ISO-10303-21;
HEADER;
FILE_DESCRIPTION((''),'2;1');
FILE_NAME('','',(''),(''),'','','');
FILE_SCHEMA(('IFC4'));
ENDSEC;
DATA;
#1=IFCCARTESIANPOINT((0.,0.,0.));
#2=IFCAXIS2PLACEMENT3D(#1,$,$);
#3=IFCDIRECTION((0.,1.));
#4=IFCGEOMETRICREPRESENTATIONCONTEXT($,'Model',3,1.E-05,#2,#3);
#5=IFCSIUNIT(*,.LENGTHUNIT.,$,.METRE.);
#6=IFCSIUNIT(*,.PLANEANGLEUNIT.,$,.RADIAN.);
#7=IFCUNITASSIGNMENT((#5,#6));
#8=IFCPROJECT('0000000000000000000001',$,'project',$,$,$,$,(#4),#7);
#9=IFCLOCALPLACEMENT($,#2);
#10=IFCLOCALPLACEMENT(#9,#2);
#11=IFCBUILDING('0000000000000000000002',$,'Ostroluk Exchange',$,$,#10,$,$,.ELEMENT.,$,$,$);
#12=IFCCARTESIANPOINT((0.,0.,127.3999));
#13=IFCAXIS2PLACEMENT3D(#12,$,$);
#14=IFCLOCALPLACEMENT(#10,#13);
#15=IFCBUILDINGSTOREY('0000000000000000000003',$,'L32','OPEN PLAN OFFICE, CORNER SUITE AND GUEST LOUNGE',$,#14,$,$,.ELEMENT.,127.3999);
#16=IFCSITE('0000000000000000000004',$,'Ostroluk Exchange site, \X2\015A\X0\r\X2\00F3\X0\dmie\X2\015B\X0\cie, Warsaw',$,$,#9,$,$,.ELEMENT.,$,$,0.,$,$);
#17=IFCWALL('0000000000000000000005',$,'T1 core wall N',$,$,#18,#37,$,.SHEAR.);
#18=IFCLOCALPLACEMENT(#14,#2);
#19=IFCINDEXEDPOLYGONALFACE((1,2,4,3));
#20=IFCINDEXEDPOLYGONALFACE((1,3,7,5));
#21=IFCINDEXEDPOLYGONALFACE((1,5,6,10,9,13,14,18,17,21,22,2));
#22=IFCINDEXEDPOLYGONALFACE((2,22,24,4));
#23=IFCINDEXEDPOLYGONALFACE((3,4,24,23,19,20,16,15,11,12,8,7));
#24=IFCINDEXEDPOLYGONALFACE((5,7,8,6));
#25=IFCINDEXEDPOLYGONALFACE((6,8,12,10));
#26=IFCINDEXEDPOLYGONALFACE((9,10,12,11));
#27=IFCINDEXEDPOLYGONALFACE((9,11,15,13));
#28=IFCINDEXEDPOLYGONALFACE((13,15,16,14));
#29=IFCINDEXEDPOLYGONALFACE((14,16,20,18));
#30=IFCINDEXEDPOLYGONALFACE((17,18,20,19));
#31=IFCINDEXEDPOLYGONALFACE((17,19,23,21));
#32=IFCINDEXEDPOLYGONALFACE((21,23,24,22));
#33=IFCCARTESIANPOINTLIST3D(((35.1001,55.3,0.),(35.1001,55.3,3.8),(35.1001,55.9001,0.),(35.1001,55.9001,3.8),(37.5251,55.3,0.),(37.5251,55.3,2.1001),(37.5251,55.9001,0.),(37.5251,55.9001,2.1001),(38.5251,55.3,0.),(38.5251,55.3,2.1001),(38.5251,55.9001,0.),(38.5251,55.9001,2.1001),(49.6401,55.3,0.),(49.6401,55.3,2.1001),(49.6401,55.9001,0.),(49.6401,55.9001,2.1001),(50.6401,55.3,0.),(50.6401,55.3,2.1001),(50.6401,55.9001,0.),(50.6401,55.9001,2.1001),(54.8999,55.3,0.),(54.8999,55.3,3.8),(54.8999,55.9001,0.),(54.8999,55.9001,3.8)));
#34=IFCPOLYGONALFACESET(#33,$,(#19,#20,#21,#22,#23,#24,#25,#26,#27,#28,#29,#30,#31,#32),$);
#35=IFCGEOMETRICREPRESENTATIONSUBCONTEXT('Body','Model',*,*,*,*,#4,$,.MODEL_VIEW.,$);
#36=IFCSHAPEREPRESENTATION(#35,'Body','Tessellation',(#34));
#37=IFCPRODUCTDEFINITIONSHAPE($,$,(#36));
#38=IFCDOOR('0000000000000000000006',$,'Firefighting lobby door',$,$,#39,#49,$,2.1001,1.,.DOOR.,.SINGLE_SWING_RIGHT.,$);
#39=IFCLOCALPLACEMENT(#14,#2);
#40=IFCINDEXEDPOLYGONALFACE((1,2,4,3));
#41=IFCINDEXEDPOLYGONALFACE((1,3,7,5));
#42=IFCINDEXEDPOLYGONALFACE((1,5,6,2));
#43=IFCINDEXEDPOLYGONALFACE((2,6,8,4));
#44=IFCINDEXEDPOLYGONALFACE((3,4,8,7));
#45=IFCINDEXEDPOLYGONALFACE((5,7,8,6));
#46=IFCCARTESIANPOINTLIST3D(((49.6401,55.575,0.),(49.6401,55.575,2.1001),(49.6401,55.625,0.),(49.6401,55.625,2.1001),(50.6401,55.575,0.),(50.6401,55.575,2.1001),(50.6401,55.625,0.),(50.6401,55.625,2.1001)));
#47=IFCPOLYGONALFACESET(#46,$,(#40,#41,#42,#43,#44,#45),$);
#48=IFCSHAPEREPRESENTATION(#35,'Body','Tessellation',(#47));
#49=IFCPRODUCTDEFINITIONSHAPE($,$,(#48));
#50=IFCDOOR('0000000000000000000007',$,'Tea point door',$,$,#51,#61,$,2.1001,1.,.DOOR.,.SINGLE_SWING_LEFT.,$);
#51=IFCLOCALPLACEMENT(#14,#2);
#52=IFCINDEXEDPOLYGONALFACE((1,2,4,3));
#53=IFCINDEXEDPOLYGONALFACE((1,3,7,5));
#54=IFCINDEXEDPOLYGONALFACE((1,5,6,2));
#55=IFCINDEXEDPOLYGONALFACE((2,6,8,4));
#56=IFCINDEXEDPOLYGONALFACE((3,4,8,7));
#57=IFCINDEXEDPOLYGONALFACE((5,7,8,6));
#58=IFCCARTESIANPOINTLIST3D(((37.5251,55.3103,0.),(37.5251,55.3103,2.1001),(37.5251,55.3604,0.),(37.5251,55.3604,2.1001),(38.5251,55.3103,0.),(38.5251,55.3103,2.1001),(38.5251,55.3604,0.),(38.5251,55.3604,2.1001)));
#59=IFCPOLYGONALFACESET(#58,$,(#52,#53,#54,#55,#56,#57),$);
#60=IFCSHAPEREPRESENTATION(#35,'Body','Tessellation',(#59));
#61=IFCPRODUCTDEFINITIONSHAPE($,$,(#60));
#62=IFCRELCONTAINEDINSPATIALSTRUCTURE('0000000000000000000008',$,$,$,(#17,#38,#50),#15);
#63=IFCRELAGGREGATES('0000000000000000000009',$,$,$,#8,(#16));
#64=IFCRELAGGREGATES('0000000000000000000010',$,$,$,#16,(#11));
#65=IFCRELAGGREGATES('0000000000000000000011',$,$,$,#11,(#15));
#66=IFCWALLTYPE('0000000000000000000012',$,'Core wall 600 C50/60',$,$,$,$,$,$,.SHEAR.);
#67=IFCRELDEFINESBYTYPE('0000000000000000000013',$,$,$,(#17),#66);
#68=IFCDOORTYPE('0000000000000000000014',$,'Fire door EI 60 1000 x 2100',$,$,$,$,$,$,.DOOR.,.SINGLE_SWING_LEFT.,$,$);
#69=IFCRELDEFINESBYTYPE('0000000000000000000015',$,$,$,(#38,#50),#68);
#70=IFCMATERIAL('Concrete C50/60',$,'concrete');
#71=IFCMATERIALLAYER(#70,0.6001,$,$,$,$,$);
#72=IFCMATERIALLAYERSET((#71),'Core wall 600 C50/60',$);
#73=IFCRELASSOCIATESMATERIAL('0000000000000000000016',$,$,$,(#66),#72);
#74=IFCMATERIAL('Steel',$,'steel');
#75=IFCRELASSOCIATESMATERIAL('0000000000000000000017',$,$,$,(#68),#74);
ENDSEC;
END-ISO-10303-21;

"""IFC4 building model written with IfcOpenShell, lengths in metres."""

from ifc_helpers import new_model, si_unit, direction, frame, frame_2d, origin, place, context, subcontext, project, spatial, rectangle, extrude, material, layer, layer_set, type_object, element, fill, save


model = new_model("IFC4")

# Units and contexts
model_context = context("Model", 3, precision=1e-05, world=origin(), true_north=direction((0.0, 1.0)))
body_context = subcontext(model_context, "Body", "Model", "MODEL_VIEW")
ifc_project = project(units=[si_unit("LENGTHUNIT", "METRE"), si_unit("PLANEANGLEUNIT", "RADIAN")], contexts=[model_context])

# Site, building, storey
site_placement = place(None, origin())
site = spatial("IfcSite", under=ifc_project, at=site_placement, Name="Ostroluk Exchange site, Śródmieście, Warsaw", CompositionType="ELEMENT", RefElevation=0.0)
building_placement = place(site_placement, origin())
building = spatial("IfcBuilding", under=site, at=building_placement, Name="Ostroluk Exchange", CompositionType="ELEMENT")
storey_placement = place(building_placement, frame((0.0, 0.0, 127.3999)))
storey = spatial("IfcBuildingStorey", under=building, at=storey_placement, Name="L32", Description="OPEN PLAN OFFICE, CORNER SUITE AND GUEST LOUNGE", CompositionType="ELEMENT", Elevation=127.3999)

# Wall, openings, doors
ifc_material_1 = material(Name="Concrete C50/60", Category="concrete")
ifc_layer_1 = layer(ifc_material_1, 0.6001)
ifc_layer_set_1 = layer_set([ifc_layer_1], Name="Core wall 600 C50/60")
wall_type_1 = type_object("IfcWallType", Name="Core wall 600 C50/60", PredefinedType="SHEAR", material=ifc_layer_set_1)
wall_1_placement = place(storey_placement, frame((35.1001, 55.6001, 0.0), z_axis=(0.0, 0.0, 1.0), x_axis=(1.0, 0.0, 0.0)))
wall_1 = element("IfcWall", 1, at=wall_1_placement, inside=storey, type_object=wall_type_1, Name="T1 core wall N", PredefinedType="SHEAR", context=body_context, shape_type="SweptSolid", body=[
    extrude(rectangle(XDim=19.7998, YDim=0.6001, at=frame_2d((9.8999, 0.0))), origin(), (0.0, 0.0, 1.0), 3.8),
])
opening_1_placement = place(wall_1_placement, frame((14.54, 0.0, 0.0)))
opening_1 = element("IfcOpeningElement", 2, at=opening_1_placement, cuts=wall_1, PredefinedType="OPENING", context=body_context, shape_type="SweptSolid", body=[
    extrude(rectangle(XDim=1.0, YDim=2.1001, at=frame_2d((0.5, 1.05))), frame((0.0, 0.3101, 0.0), z_axis=(0.0, -1.0, 0.0), x_axis=(1.0, 0.0, 0.0)), (0.0, 0.0, 1.0), 0.6201),
])
opening_2_placement = place(wall_1_placement, frame((2.425, 0.0, 0.0)))
opening_2 = element("IfcOpeningElement", 3, at=opening_2_placement, cuts=wall_1, PredefinedType="OPENING", context=body_context, shape_type="SweptSolid", body=[
    extrude(rectangle(XDim=1.0, YDim=2.1001, at=frame_2d((0.5, 1.05))), frame((0.0, 0.3101, 0.0), z_axis=(0.0, -1.0, 0.0), x_axis=(1.0, 0.0, 0.0)), (0.0, 0.0, 1.0), 0.6201),
])
ifc_material_2 = material(Name="Steel", Category="steel")
door_type = type_object("IfcDoorType", Name="Fire door EI 60 1000 x 2100", OperationType="SINGLE_SWING_LEFT", PredefinedType="DOOR", material=ifc_material_2)
door_1_placement = place(opening_1_placement, origin())
door_1 = element("IfcDoor", 4, at=door_1_placement, inside=storey, type_object=door_type, Name="Firefighting lobby door", OperationType="SINGLE_SWING_RIGHT", OverallHeight=2.1001, OverallWidth=1.0, PredefinedType="DOOR", context=body_context, shape_type="SweptSolid", body=[
    extrude(rectangle(XDim=1.0, YDim=2.1001, at=frame_2d((0.5, 1.05))), frame((0.0, 0.0249, 0.0), z_axis=(0.0, -1.0, 0.0), x_axis=(1.0, 0.0, 0.0)), (0.0, 0.0, 1.0), 0.05),
])
fill(opening_1, door_1)
door_2_placement = place(opening_2_placement, origin())
door_2 = element("IfcDoor", 5, at=door_2_placement, inside=storey, type_object=door_type, Name="Tea point door", OperationType="SINGLE_SWING_LEFT", OverallHeight=2.1001, OverallWidth=1.0, PredefinedType="DOOR", context=body_context, shape_type="SweptSolid", body=[
    extrude(rectangle(XDim=1.0, YDim=2.1001, at=frame_2d((0.5, 1.05))), frame((0.0, -0.2397, 0.0), z_axis=(0.0, -1.0, 0.0), x_axis=(1.0, 0.0, 0.0)), (0.0, 0.0, 1.0), 0.05),
])
fill(opening_2, door_2)

save(model, "model.ifc")
